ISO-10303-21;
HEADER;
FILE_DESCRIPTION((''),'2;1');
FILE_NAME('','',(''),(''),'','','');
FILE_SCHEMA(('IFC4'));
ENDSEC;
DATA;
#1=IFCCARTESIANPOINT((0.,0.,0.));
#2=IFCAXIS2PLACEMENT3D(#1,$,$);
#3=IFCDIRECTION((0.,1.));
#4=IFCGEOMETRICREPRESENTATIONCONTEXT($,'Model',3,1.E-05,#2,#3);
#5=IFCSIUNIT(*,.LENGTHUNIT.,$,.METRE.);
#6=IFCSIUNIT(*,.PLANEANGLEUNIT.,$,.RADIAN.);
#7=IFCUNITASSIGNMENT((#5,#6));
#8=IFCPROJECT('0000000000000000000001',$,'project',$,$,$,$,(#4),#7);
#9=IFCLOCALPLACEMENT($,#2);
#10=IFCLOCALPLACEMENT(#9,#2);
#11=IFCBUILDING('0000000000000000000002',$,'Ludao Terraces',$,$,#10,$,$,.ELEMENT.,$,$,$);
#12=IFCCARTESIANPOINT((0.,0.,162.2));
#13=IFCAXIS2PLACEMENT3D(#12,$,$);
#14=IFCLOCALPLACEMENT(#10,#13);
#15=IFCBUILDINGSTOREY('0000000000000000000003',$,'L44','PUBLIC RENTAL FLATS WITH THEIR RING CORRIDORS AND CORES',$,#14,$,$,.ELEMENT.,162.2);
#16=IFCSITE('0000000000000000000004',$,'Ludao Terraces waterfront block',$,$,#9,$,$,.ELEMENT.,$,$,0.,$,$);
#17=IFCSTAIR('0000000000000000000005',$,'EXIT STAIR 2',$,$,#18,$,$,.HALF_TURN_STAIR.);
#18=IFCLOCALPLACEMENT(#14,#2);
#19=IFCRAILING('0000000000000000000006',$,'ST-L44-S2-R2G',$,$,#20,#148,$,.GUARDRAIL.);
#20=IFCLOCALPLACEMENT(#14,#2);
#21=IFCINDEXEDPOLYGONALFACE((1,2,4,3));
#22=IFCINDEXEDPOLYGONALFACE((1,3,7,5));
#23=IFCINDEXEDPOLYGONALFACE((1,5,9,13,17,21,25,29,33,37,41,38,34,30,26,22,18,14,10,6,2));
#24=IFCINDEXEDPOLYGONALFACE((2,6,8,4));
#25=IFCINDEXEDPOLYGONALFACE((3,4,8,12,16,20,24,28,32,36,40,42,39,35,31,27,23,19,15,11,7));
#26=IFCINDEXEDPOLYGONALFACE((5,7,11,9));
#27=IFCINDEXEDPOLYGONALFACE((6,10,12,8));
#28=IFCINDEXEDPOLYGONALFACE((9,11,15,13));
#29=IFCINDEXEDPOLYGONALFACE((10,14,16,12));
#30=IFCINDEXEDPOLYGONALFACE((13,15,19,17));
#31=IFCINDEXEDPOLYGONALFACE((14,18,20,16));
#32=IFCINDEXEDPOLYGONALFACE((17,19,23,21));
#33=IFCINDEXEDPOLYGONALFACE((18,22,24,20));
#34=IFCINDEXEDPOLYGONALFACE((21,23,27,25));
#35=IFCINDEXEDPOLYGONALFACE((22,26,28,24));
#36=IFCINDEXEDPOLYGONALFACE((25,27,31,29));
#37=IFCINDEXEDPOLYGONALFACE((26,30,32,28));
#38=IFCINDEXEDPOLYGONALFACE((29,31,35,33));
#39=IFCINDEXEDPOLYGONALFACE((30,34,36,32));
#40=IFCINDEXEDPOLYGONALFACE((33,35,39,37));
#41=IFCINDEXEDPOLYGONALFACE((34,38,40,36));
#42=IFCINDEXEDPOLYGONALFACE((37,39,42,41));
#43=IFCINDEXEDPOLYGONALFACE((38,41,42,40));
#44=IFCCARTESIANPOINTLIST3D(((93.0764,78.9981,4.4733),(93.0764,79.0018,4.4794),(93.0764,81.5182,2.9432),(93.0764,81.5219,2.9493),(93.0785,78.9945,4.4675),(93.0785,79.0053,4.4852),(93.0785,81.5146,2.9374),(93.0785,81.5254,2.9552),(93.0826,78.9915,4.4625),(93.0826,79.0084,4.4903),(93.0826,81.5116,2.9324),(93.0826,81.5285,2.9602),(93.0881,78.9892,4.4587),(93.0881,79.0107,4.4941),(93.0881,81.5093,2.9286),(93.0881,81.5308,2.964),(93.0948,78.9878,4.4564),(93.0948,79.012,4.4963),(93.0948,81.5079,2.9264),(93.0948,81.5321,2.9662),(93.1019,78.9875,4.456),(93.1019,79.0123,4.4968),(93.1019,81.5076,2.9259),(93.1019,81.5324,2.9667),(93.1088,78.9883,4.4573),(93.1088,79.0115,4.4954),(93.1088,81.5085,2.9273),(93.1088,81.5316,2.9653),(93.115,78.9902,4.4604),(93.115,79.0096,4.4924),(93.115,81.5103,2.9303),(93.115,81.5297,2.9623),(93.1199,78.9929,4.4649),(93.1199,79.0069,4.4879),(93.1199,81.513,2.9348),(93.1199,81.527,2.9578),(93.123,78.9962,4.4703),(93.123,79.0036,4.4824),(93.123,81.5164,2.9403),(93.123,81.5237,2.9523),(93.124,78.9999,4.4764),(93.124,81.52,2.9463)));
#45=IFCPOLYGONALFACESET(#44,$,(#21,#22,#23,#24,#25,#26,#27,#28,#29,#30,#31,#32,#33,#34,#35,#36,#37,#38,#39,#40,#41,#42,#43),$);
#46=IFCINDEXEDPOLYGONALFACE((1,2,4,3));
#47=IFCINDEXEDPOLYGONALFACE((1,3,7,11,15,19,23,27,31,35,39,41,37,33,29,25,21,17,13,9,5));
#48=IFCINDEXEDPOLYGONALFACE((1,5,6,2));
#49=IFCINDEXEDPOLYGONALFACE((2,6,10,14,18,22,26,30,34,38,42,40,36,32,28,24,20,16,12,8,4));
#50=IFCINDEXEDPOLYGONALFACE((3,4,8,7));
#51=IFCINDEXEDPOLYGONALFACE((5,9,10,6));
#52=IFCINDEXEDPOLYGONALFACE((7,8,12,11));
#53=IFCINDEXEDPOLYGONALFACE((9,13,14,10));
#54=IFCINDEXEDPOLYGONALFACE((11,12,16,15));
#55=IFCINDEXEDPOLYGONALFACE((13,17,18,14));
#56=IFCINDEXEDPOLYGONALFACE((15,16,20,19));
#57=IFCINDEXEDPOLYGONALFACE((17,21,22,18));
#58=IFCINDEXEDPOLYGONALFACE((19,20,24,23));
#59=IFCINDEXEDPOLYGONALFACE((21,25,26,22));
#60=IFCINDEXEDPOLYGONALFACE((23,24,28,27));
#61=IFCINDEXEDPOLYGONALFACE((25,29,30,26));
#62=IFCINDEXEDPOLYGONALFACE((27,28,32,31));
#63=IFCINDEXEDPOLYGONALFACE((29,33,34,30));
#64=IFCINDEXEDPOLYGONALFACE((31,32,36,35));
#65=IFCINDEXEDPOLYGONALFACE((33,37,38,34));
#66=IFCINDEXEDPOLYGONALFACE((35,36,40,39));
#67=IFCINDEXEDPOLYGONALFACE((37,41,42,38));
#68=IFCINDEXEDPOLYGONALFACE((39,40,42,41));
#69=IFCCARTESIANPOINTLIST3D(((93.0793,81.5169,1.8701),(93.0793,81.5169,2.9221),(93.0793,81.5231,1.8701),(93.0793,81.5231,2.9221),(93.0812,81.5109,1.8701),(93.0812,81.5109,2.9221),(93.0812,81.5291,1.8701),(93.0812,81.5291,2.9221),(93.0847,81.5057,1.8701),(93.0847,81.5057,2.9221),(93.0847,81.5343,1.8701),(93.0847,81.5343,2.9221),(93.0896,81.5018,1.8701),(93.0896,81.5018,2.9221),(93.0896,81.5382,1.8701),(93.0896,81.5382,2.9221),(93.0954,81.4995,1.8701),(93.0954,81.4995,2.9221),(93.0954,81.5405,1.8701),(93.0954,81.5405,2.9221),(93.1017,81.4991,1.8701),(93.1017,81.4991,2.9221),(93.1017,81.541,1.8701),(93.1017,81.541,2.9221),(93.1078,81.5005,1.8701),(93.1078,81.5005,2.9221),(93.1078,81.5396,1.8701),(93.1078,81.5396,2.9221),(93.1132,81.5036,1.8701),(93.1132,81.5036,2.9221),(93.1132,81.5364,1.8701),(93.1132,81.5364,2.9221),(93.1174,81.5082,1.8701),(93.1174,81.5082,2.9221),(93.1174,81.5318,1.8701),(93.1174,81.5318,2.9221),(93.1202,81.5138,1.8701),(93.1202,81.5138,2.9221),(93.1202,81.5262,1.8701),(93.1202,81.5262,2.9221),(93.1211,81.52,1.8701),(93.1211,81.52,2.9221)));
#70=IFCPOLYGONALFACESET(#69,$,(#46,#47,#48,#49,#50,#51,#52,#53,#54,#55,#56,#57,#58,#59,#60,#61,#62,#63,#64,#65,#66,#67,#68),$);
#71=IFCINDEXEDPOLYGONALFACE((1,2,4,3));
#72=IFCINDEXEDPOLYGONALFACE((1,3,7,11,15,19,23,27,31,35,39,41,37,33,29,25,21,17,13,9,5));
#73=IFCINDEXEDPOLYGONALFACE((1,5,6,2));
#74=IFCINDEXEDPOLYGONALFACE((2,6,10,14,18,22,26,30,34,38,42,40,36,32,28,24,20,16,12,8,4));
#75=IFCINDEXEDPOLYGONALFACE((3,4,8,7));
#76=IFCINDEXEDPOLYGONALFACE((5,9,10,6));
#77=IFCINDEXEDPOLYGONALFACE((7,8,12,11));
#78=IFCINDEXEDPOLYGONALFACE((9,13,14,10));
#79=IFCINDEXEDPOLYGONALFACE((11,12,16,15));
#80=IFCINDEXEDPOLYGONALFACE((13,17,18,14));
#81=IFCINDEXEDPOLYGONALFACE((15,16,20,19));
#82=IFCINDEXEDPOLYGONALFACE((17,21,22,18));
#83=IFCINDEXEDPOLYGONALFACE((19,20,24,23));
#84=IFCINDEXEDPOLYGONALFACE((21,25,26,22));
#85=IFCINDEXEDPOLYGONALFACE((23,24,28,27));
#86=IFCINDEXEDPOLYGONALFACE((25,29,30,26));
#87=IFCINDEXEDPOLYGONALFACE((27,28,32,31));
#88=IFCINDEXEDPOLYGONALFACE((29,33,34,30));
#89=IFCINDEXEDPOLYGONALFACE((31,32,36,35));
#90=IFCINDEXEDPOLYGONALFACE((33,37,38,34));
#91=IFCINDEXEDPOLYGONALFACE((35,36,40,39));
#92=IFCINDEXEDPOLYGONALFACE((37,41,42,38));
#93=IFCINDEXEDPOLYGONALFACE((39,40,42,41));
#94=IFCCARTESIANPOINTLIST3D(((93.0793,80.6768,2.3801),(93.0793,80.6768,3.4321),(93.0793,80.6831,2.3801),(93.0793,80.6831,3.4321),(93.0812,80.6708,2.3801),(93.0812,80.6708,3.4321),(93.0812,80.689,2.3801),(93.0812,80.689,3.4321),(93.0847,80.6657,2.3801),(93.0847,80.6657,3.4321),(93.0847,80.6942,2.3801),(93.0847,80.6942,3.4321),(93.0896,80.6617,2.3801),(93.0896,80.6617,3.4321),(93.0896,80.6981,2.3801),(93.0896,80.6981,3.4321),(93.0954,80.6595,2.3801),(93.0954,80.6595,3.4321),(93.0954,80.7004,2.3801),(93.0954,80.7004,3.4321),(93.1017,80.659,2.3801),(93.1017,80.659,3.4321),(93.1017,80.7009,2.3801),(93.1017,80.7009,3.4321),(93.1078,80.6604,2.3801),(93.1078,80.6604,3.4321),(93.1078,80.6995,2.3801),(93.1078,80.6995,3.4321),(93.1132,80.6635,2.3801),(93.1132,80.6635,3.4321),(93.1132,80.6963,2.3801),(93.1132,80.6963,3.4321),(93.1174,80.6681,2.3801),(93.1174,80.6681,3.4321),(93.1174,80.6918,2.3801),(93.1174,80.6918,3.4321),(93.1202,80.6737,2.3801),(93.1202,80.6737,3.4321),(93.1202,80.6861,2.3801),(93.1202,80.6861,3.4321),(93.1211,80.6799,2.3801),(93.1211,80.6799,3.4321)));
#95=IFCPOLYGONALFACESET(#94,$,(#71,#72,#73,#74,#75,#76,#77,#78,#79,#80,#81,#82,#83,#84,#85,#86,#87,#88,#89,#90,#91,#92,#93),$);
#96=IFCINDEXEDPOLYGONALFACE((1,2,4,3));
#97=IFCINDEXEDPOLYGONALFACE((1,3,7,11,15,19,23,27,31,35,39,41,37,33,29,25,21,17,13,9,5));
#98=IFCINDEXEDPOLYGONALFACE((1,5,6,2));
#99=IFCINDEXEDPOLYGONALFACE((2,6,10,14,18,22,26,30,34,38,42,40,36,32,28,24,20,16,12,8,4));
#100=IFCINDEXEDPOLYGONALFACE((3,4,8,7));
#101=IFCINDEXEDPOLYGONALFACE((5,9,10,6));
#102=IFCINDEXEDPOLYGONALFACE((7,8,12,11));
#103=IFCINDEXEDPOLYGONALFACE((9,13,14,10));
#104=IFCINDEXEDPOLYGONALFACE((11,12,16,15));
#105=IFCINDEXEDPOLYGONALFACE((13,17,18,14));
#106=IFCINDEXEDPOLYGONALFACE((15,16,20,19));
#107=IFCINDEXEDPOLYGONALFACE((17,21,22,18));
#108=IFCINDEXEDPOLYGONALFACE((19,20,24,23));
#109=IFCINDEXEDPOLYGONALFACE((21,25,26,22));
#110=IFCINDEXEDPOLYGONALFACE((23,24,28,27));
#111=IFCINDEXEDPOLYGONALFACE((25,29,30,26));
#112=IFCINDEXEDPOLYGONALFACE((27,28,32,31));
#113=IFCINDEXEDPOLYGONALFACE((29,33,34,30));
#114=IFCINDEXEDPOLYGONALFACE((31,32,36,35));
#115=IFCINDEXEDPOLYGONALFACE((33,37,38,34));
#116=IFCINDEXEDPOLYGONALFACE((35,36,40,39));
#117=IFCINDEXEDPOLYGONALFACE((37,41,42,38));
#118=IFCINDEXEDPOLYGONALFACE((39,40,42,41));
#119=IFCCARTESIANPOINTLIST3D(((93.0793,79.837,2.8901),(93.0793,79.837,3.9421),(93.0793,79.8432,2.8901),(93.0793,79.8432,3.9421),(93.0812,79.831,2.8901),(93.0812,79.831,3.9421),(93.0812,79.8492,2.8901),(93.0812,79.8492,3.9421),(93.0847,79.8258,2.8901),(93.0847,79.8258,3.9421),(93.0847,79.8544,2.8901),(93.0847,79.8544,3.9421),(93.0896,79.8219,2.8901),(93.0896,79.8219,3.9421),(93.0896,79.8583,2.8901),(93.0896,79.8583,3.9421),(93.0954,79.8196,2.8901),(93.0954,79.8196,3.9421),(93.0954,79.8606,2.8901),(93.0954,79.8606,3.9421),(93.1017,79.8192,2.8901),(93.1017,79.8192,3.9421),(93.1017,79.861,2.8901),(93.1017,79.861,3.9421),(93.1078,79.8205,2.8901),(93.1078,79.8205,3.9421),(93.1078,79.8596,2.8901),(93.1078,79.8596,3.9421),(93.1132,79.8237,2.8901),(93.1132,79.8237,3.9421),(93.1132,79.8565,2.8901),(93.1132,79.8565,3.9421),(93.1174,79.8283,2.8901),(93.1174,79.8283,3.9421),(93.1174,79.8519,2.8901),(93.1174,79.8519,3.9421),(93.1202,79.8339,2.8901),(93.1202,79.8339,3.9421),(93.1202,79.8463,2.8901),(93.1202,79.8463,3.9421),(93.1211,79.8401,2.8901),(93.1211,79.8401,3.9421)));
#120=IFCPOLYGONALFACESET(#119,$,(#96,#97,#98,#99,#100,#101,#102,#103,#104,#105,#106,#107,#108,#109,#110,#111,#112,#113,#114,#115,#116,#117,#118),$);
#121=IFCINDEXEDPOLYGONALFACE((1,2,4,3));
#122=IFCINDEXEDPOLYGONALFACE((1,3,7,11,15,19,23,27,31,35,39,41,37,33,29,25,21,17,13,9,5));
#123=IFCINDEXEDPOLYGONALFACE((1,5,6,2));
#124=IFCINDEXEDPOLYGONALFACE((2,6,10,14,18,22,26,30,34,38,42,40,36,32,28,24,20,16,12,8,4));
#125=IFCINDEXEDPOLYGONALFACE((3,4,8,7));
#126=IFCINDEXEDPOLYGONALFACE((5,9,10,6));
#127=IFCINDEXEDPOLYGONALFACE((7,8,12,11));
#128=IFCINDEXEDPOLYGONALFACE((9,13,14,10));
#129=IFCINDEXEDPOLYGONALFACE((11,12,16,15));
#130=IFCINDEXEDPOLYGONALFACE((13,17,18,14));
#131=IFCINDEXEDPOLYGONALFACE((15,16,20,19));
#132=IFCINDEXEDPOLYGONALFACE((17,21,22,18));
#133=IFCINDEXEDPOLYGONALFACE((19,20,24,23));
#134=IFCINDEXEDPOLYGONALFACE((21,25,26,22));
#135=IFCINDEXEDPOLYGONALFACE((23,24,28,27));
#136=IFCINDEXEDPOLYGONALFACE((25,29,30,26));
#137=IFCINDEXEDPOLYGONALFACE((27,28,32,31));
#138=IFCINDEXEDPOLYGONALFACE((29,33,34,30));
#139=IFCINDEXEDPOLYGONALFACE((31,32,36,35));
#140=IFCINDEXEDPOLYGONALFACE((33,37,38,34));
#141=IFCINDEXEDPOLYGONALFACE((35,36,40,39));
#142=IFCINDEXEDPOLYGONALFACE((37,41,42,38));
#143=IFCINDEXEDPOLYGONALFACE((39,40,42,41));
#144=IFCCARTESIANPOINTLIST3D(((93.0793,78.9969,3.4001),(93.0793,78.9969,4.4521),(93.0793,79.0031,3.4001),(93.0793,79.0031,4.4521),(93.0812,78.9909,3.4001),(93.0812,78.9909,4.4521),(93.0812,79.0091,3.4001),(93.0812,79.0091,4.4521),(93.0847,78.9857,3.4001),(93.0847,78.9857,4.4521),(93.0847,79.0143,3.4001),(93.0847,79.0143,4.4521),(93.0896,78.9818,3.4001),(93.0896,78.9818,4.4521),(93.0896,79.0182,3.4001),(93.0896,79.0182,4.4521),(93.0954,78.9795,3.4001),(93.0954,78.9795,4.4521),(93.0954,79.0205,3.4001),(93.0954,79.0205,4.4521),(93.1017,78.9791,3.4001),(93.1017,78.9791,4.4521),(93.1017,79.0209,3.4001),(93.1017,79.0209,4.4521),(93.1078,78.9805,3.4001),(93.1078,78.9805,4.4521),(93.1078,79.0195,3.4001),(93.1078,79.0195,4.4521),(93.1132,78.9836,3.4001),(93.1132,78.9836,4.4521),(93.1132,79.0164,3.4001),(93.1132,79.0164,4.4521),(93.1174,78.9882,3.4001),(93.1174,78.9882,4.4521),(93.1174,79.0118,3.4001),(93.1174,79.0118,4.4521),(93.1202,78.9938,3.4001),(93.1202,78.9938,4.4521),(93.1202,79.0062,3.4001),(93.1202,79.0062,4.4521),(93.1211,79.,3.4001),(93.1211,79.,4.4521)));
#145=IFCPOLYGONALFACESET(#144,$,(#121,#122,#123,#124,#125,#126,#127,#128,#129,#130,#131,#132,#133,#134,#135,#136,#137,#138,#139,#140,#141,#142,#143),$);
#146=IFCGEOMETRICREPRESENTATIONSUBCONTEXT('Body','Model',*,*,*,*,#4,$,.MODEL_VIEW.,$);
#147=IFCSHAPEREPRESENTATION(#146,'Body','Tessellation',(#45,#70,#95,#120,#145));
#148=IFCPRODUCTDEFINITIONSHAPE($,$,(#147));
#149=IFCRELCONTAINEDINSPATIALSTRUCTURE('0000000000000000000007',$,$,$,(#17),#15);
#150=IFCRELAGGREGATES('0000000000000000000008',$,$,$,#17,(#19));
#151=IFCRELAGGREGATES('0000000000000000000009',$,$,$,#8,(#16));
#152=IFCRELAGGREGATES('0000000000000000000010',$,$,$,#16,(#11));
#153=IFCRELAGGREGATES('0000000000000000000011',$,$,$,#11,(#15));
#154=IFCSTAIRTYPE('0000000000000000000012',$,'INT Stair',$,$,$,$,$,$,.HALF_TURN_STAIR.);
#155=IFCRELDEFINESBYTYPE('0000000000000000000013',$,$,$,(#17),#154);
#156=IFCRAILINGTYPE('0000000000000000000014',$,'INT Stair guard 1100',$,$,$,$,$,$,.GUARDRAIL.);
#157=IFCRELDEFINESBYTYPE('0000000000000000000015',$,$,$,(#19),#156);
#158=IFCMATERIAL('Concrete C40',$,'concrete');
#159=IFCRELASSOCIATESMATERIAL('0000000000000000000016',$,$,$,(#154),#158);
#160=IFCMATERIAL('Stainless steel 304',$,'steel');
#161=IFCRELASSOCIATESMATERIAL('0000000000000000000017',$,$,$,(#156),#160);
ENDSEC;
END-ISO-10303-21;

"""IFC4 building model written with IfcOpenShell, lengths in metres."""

from ifc_helpers import new_model, si_unit, direction, frame, origin, origin_2d, place, context, subcontext, project, spatial, circle, extrude, material, type_object, element, aggregate, save


model = new_model("IFC4")

# Units and contexts
model_context = context("Model", 3, precision=1e-05, world=origin(), true_north=direction((0.0, 1.0)))
body_context = subcontext(model_context, "Body", "Model", "MODEL_VIEW")
ifc_project = project(units=[si_unit("LENGTHUNIT", "METRE"), si_unit("PLANEANGLEUNIT", "RADIAN")], contexts=[model_context])

# Site, building, storey
site_placement = place(None, origin())
site = spatial("IfcSite", under=ifc_project, at=site_placement, Name="Ludao Terraces waterfront block", CompositionType="ELEMENT", RefElevation=0.0)
building_placement = place(site_placement, origin())
building = spatial("IfcBuilding", under=site, at=building_placement, Name="Ludao Terraces", CompositionType="ELEMENT")
storey_placement = place(building_placement, frame((0.0, 0.0, 162.2)))
storey = spatial("IfcBuildingStorey", under=building, at=storey_placement, Name="L44", Description="PUBLIC RENTAL FLATS WITH THEIR RING CORRIDORS AND CORES", CompositionType="ELEMENT", Elevation=162.2)

# Shared definitions
ifc_material_1 = material(Name="Stainless steel 304", Category="steel")

# Stair, railing
ifc_material_2 = material(Name="Concrete C40", Category="concrete")
stair_type = type_object("IfcStairType", Name="INT Stair", PredefinedType="HALF_TURN_STAIR", material=ifc_material_2)
stair_placement = place(storey_placement, origin())
stair = element("IfcStair", 1, at=stair_placement, inside=storey, type_object=stair_type, Name="EXIT STAIR 2", PredefinedType="HALF_TURN_STAIR")
railing_type = type_object("IfcRailingType", Name="INT Stair guard 1100", PredefinedType="GUARDRAIL", material=ifc_material_1)
railing_1_placement = place(storey_placement, frame((93.1001, 81.52, 1.8701)))
railing_1 = element("IfcRailing", 2, at=railing_1_placement, type_object=railing_type, Name="ST-L44-S2-R2G", PredefinedType="GUARDRAIL", context=body_context, shape_type="SweptSolid", body=[
    extrude(circle(Radius=0.0239, at=origin_2d()), frame((0.0, 0.0, 1.0762), z_axis=(0.0, -0.854785, 0.518982), x_axis=(1.0, 0.0, 0.0)), (0.0, 0.0, 1.0), 2.9482),
    extrude(circle(Radius=0.021, at=origin_2d()), origin(), (0.0, 0.0, 1.0), 1.052),
    extrude(circle(Radius=0.021, at=origin_2d()), frame((0.0, -0.8401, 0.51)), (0.0, 0.0, 1.0), 1.052),
    extrude(circle(Radius=0.021, at=origin_2d()), frame((0.0, -1.6799, 1.02)), (0.0, 0.0, 1.0), 1.052),
    extrude(circle(Radius=0.021, at=origin_2d()), frame((0.0, -2.52, 1.53)), (0.0, 0.0, 1.0), 1.052),
])
aggregate(stair, [railing_1])

save(model, "model.ifc")
